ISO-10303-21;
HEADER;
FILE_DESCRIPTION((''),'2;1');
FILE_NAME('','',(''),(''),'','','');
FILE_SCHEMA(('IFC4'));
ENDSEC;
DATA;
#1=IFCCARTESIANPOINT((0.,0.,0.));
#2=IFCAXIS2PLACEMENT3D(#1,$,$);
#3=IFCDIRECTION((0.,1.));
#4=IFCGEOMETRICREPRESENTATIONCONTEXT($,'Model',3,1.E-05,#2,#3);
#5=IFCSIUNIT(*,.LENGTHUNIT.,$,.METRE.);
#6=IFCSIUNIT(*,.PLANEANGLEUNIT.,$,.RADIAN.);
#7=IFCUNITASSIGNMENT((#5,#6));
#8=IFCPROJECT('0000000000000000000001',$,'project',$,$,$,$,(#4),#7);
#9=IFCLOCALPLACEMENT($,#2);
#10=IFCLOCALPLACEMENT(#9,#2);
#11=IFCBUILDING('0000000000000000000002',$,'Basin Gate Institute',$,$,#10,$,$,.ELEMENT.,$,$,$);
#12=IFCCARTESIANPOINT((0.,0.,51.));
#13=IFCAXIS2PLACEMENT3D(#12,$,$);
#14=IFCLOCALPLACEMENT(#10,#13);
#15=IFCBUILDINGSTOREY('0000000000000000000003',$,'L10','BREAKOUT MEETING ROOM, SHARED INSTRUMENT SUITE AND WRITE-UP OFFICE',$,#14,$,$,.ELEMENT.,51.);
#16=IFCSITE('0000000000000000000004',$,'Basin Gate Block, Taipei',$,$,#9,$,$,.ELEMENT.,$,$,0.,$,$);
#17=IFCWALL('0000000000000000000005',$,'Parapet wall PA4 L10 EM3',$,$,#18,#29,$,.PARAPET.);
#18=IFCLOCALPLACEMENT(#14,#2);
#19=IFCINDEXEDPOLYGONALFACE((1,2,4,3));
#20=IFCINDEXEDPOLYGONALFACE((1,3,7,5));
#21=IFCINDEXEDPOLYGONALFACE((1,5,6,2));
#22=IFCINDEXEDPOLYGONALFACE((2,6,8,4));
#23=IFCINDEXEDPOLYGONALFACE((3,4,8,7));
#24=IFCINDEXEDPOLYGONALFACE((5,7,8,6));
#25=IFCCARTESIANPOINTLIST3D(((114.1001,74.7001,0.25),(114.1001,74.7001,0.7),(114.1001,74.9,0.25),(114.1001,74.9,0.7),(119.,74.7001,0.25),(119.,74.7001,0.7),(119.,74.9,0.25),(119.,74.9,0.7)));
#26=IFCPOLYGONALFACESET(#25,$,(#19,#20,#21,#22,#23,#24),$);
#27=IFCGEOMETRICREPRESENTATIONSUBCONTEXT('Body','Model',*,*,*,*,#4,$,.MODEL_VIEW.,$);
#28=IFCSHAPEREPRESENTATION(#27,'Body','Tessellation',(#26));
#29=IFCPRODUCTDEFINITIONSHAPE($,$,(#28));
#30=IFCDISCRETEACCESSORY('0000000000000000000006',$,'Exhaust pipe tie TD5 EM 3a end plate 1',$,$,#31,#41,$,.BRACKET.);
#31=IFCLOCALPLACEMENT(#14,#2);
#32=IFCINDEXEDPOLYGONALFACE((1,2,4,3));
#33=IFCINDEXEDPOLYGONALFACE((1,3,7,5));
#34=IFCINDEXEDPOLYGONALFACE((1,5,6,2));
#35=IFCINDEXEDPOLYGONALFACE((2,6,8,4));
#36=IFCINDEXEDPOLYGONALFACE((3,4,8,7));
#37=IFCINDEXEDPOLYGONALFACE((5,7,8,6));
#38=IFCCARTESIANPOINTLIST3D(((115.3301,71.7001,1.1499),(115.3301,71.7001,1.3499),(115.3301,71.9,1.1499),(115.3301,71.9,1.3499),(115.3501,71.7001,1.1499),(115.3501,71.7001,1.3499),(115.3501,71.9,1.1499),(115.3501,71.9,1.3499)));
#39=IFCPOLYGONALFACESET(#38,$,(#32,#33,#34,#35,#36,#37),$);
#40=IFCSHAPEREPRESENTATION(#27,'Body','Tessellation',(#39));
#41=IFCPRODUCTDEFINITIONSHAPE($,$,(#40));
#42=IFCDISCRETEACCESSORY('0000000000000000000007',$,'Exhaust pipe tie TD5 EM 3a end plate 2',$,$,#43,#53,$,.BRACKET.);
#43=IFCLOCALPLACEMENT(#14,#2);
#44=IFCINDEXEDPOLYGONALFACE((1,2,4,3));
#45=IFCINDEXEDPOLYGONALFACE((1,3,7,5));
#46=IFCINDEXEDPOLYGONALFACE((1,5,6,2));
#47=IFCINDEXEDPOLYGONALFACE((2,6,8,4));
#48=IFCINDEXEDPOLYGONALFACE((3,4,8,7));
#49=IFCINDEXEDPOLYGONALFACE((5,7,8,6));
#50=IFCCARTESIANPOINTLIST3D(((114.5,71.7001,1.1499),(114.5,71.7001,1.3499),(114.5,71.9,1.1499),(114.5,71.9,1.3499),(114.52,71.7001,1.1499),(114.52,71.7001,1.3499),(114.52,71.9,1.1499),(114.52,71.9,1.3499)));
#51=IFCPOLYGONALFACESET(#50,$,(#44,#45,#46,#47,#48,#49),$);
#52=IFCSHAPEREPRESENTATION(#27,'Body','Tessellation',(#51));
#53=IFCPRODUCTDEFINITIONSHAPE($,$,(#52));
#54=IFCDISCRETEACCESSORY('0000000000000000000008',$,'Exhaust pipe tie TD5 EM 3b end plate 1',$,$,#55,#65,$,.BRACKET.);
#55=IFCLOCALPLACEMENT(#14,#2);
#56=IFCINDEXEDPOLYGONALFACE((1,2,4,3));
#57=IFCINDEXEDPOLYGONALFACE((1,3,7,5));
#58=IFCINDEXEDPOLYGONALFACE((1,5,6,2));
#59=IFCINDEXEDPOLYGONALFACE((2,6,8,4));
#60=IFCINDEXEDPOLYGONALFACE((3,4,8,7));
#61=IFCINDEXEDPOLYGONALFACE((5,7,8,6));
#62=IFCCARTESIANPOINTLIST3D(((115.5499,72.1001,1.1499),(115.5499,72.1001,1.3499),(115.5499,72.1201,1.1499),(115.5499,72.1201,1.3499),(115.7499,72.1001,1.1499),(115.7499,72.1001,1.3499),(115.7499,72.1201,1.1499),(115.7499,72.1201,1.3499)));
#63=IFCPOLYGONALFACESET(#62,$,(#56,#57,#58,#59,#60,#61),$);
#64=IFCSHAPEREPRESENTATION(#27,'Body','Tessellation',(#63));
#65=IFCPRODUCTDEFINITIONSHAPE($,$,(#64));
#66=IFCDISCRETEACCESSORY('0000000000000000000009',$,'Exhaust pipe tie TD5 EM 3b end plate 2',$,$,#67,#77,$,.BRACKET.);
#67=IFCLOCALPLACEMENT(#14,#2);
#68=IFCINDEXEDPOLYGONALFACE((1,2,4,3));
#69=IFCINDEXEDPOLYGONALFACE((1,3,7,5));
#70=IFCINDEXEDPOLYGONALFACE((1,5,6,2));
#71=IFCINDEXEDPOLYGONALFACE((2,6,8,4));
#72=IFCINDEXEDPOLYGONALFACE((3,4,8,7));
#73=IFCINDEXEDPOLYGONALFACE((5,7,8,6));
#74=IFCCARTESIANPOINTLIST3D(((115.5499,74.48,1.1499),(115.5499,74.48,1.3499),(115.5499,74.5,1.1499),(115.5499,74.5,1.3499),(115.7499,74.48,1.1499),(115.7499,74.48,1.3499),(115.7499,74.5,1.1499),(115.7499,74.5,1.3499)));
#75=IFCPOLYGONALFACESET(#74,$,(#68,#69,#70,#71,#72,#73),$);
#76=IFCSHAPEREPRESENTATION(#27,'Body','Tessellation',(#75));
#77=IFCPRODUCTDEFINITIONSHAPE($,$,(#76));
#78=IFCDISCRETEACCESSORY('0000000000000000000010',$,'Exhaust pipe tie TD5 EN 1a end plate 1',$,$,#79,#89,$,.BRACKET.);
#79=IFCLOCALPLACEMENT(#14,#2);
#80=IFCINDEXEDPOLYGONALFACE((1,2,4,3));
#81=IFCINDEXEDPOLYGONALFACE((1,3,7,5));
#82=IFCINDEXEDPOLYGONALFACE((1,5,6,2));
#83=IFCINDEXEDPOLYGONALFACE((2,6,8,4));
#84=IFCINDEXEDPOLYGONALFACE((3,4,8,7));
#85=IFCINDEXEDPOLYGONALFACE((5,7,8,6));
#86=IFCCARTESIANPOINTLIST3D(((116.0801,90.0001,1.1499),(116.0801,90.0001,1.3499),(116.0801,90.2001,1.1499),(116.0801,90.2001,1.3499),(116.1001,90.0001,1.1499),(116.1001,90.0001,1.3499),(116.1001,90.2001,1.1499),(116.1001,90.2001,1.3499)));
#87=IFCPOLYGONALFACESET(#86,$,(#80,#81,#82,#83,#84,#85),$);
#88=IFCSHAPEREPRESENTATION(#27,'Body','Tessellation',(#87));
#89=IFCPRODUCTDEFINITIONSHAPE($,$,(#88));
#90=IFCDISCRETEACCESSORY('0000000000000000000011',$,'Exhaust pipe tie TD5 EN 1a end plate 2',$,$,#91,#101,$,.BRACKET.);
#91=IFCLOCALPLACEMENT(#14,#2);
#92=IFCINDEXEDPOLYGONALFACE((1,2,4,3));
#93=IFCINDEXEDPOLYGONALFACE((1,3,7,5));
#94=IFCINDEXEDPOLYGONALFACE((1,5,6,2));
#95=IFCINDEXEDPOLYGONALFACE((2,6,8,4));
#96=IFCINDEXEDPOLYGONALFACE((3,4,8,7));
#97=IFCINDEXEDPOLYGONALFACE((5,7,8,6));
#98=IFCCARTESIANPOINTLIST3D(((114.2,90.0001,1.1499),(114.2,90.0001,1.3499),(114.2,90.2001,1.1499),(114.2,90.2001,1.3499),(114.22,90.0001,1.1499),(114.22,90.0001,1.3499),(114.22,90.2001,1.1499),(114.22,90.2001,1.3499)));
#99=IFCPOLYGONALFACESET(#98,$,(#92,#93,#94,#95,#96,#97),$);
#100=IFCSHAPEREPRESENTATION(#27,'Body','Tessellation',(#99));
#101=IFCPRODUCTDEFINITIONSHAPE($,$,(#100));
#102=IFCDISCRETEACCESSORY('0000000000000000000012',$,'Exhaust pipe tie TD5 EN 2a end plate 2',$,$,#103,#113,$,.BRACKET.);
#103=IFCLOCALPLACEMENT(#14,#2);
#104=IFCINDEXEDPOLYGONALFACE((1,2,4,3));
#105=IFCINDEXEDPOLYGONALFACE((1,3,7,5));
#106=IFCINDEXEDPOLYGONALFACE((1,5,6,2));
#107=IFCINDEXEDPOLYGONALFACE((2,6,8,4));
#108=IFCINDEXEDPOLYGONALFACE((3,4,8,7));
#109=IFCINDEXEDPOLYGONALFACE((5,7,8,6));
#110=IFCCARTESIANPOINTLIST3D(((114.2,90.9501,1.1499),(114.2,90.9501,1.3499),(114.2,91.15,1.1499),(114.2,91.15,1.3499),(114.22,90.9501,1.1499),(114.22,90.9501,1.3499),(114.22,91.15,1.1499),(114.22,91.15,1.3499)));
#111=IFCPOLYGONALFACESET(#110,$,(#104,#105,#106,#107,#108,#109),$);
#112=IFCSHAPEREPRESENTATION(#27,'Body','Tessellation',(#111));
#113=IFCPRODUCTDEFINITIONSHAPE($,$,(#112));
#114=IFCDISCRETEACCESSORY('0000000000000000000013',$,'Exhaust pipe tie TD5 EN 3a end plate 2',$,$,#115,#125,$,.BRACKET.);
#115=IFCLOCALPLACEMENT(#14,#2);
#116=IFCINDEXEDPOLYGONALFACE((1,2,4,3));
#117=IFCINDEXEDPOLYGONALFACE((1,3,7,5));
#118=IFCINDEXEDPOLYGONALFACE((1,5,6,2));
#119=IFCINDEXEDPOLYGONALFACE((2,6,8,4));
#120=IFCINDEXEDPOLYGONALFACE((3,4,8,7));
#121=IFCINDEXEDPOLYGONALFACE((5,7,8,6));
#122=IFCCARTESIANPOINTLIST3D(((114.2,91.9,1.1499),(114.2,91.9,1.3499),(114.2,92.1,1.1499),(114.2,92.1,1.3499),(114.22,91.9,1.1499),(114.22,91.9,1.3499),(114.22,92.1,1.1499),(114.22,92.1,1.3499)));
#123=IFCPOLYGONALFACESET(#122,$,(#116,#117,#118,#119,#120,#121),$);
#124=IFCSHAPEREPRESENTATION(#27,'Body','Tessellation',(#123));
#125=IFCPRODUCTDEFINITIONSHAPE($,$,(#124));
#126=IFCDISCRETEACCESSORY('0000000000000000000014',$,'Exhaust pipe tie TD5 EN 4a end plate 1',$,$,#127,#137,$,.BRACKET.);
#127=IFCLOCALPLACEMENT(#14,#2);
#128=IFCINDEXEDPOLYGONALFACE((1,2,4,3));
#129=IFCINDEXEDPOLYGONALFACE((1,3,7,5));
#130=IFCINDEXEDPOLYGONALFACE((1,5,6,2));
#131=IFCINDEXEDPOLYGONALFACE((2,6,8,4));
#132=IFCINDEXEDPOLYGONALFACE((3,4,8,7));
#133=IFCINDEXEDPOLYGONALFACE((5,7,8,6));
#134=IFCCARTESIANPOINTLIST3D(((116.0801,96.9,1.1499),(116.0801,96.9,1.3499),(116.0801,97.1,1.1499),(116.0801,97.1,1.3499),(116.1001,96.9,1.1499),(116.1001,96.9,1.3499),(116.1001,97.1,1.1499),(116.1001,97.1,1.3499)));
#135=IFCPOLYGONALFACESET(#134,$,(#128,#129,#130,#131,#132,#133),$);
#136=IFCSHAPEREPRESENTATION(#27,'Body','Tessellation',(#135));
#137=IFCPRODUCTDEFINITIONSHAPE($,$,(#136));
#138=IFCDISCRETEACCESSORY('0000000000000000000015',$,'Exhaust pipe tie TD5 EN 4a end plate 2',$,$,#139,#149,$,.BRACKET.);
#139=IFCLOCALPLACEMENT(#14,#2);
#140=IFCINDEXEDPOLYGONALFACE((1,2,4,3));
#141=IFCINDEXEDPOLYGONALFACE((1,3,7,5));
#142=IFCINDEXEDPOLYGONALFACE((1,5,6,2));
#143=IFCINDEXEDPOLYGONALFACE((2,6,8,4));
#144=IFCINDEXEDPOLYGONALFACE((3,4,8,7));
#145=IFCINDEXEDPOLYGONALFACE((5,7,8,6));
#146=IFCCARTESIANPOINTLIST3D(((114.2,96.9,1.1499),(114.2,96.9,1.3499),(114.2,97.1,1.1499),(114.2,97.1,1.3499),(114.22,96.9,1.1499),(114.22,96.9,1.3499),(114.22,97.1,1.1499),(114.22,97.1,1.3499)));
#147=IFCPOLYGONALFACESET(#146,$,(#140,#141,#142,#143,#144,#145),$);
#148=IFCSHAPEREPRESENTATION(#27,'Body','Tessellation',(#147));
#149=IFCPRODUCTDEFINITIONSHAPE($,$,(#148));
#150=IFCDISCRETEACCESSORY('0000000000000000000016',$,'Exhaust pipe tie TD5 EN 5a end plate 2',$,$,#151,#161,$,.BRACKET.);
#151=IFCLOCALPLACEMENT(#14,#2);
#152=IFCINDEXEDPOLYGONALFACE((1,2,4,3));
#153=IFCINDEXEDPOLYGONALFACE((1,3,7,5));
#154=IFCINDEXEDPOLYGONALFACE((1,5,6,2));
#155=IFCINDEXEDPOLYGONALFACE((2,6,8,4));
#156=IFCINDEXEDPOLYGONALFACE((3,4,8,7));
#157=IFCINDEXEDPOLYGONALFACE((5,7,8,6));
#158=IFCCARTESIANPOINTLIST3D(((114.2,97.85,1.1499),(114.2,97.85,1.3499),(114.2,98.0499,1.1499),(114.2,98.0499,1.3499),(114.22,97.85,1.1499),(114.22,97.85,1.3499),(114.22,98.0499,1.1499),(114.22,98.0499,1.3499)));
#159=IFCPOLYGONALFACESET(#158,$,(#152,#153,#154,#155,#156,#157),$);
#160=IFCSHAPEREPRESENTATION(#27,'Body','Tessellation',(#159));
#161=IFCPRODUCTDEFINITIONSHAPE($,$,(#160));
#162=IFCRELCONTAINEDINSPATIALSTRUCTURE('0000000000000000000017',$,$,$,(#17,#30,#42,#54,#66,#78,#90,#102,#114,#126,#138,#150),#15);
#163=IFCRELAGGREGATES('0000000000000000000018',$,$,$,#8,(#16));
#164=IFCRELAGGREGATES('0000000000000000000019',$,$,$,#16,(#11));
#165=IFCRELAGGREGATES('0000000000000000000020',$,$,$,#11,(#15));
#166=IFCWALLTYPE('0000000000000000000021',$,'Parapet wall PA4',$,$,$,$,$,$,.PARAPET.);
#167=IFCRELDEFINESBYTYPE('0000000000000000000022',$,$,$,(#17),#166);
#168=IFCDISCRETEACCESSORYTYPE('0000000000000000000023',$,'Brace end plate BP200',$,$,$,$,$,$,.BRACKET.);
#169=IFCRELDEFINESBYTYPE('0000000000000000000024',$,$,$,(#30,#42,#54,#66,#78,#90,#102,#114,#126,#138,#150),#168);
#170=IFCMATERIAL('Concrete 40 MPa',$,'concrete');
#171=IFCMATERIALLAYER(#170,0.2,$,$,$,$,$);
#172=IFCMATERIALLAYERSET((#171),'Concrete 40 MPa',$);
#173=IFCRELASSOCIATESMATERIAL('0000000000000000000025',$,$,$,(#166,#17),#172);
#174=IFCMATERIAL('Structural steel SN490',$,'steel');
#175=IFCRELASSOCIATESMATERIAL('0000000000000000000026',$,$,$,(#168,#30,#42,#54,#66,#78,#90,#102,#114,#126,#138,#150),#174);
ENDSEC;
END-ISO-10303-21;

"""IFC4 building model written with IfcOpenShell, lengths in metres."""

from ifc_helpers import new_model, si_unit, direction, frame, frame_2d, origin, origin_2d, place, context, subcontext, project, spatial, rectangle, extrude, material, layer, layer_set, type_object, element, save


model = new_model("IFC4")

# Units and contexts
model_context = context("Model", 3, precision=1e-05, world=origin(), true_north=direction((0.0, 1.0)))
body_context = subcontext(model_context, "Body", "Model", "MODEL_VIEW")
ifc_project = project(units=[si_unit("LENGTHUNIT", "METRE"), si_unit("PLANEANGLEUNIT", "RADIAN")], contexts=[model_context])

# Site, building, storey
site_placement = place(None, origin())
site = spatial("IfcSite", under=ifc_project, at=site_placement, Name="Basin Gate Block, Taipei", CompositionType="ELEMENT", RefElevation=0.0)
building_placement = place(site_placement, origin())
building = spatial("IfcBuilding", under=site, at=building_placement, Name="Basin Gate Institute", CompositionType="ELEMENT")
storey_placement = place(building_placement, frame((0.0, 0.0, 51.0)))
storey = spatial("IfcBuildingStorey", under=building, at=storey_placement, Name="L10", Description="BREAKOUT MEETING ROOM, SHARED INSTRUMENT SUITE AND WRITE-UP OFFICE", CompositionType="ELEMENT", Elevation=51.0)

# Wall
ifc_material_1 = material(Name="Concrete 40 MPa", Category="concrete")
ifc_layer_1 = layer(ifc_material_1, 0.2)
ifc_layer_set_1 = layer_set([ifc_layer_1], Name="Concrete 40 MPa")
wall_type_1 = type_object("IfcWallType", Name="Parapet wall PA4", PredefinedType="PARAPET", material=ifc_layer_set_1)
wall_1_placement = place(storey_placement, frame((114.1001, 74.8, 0.25), z_axis=(0.0, 0.0, 1.0), x_axis=(1.0, 0.0, 0.0)))
element("IfcWall", 1, at=wall_1_placement, inside=storey, type_object=wall_type_1, material=ifc_layer_set_1, Name="Parapet wall PA4 L10 EM3", PredefinedType="PARAPET", context=body_context, shape_type="SweptSolid", body=[
    extrude(rectangle(XDim=4.8999, YDim=0.2, at=frame_2d((2.45, 0.0))), origin(), (0.0, 0.0, 1.0), 0.45),
])

# Discrete accessories
ifc_material_2 = material(Name="Structural steel SN490", Category="steel")
discrete_accessory_type = type_object("IfcDiscreteAccessoryType", Name="Brace end plate BP200", PredefinedType="BRACKET", material=ifc_material_2)
for number, where, z_axis, x_axis, name in (
    (2, (115.3401, 71.8, 1.1499), (0.0, 0.0, 1.0), (1.0, 0.0, 0.0), "Exhaust pipe tie TD5 EM 3a end plate 1"),
    (3, (114.51, 71.8, 1.1499), (0.0, 0.0, 1.0), (1.0, 0.0, 0.0), "Exhaust pipe tie TD5 EM 3a end plate 2"),
):
    element("IfcDiscreteAccessory", number, at=place(storey_placement, frame(where, z_axis=z_axis, x_axis=x_axis)), inside=storey, type_object=discrete_accessory_type, material=ifc_material_2, Name=name, PredefinedType="BRACKET", context=body_context, shape_type="SweptSolid", body=[
        extrude(rectangle(XDim=0.02, YDim=0.2, at=origin_2d()), origin(), (0.0, 0.0, 1.0), 0.2),
    ])
for number, where, z_axis, x_axis, name in (
    (4, (115.6499, 72.1101, 1.1499), (0.0, 0.0, 1.0), (1.0, 0.0, 0.0), "Exhaust pipe tie TD5 EM 3b end plate 1"),
    (5, (115.6499, 74.49, 1.1499), (0.0, 0.0, 1.0), (1.0, 0.0, 0.0), "Exhaust pipe tie TD5 EM 3b end plate 2"),
):
    element("IfcDiscreteAccessory", number, at=place(storey_placement, frame(where, z_axis=z_axis, x_axis=x_axis)), inside=storey, type_object=discrete_accessory_type, material=ifc_material_2, Name=name, PredefinedType="BRACKET", context=body_context, shape_type="SweptSolid", body=[
        extrude(rectangle(XDim=0.2, YDim=0.02, at=origin_2d()), origin(), (0.0, 0.0, 1.0), 0.2),
    ])
for number, where, z_axis, x_axis, name in (
    (6, (116.0901, 90.1001, 1.1499), (0.0, 0.0, 1.0), (1.0, 0.0, 0.0), "Exhaust pipe tie TD5 EN 1a end plate 1"),
    (7, (114.21, 90.1001, 1.1499), (0.0, 0.0, 1.0), (1.0, 0.0, 0.0), "Exhaust pipe tie TD5 EN 1a end plate 2"),
    (8, (114.21, 91.05, 1.1499), (0.0, 0.0, 1.0), (1.0, 0.0, 0.0), "Exhaust pipe tie TD5 EN 2a end plate 2"),
    (9, (114.21, 92.0, 1.1499), (0.0, 0.0, 1.0), (1.0, 0.0, 0.0), "Exhaust pipe tie TD5 EN 3a end plate 2"),
    (10, (116.0901, 97.0, 1.1499), (0.0, 0.0, 1.0), (1.0, 0.0, 0.0), "Exhaust pipe tie TD5 EN 4a end plate 1"),
    (11, (114.21, 97.0, 1.1499), (0.0, 0.0, 1.0), (1.0, 0.0, 0.0), "Exhaust pipe tie TD5 EN 4a end plate 2"),
    (12, (114.21, 97.95, 1.1499), (0.0, 0.0, 1.0), (1.0, 0.0, 0.0), "Exhaust pipe tie TD5 EN 5a end plate 2"),
):
    element("IfcDiscreteAccessory", number, at=place(storey_placement, frame(where, z_axis=z_axis, x_axis=x_axis)), inside=storey, type_object=discrete_accessory_type, material=ifc_material_2, Name=name, PredefinedType="BRACKET", context=body_context, shape_type="SweptSolid", body=[
        extrude(rectangle(XDim=0.02, YDim=0.2, at=origin_2d()), origin(), (0.0, 0.0, 1.0), 0.2),
    ])

save(model, "model.ifc")
